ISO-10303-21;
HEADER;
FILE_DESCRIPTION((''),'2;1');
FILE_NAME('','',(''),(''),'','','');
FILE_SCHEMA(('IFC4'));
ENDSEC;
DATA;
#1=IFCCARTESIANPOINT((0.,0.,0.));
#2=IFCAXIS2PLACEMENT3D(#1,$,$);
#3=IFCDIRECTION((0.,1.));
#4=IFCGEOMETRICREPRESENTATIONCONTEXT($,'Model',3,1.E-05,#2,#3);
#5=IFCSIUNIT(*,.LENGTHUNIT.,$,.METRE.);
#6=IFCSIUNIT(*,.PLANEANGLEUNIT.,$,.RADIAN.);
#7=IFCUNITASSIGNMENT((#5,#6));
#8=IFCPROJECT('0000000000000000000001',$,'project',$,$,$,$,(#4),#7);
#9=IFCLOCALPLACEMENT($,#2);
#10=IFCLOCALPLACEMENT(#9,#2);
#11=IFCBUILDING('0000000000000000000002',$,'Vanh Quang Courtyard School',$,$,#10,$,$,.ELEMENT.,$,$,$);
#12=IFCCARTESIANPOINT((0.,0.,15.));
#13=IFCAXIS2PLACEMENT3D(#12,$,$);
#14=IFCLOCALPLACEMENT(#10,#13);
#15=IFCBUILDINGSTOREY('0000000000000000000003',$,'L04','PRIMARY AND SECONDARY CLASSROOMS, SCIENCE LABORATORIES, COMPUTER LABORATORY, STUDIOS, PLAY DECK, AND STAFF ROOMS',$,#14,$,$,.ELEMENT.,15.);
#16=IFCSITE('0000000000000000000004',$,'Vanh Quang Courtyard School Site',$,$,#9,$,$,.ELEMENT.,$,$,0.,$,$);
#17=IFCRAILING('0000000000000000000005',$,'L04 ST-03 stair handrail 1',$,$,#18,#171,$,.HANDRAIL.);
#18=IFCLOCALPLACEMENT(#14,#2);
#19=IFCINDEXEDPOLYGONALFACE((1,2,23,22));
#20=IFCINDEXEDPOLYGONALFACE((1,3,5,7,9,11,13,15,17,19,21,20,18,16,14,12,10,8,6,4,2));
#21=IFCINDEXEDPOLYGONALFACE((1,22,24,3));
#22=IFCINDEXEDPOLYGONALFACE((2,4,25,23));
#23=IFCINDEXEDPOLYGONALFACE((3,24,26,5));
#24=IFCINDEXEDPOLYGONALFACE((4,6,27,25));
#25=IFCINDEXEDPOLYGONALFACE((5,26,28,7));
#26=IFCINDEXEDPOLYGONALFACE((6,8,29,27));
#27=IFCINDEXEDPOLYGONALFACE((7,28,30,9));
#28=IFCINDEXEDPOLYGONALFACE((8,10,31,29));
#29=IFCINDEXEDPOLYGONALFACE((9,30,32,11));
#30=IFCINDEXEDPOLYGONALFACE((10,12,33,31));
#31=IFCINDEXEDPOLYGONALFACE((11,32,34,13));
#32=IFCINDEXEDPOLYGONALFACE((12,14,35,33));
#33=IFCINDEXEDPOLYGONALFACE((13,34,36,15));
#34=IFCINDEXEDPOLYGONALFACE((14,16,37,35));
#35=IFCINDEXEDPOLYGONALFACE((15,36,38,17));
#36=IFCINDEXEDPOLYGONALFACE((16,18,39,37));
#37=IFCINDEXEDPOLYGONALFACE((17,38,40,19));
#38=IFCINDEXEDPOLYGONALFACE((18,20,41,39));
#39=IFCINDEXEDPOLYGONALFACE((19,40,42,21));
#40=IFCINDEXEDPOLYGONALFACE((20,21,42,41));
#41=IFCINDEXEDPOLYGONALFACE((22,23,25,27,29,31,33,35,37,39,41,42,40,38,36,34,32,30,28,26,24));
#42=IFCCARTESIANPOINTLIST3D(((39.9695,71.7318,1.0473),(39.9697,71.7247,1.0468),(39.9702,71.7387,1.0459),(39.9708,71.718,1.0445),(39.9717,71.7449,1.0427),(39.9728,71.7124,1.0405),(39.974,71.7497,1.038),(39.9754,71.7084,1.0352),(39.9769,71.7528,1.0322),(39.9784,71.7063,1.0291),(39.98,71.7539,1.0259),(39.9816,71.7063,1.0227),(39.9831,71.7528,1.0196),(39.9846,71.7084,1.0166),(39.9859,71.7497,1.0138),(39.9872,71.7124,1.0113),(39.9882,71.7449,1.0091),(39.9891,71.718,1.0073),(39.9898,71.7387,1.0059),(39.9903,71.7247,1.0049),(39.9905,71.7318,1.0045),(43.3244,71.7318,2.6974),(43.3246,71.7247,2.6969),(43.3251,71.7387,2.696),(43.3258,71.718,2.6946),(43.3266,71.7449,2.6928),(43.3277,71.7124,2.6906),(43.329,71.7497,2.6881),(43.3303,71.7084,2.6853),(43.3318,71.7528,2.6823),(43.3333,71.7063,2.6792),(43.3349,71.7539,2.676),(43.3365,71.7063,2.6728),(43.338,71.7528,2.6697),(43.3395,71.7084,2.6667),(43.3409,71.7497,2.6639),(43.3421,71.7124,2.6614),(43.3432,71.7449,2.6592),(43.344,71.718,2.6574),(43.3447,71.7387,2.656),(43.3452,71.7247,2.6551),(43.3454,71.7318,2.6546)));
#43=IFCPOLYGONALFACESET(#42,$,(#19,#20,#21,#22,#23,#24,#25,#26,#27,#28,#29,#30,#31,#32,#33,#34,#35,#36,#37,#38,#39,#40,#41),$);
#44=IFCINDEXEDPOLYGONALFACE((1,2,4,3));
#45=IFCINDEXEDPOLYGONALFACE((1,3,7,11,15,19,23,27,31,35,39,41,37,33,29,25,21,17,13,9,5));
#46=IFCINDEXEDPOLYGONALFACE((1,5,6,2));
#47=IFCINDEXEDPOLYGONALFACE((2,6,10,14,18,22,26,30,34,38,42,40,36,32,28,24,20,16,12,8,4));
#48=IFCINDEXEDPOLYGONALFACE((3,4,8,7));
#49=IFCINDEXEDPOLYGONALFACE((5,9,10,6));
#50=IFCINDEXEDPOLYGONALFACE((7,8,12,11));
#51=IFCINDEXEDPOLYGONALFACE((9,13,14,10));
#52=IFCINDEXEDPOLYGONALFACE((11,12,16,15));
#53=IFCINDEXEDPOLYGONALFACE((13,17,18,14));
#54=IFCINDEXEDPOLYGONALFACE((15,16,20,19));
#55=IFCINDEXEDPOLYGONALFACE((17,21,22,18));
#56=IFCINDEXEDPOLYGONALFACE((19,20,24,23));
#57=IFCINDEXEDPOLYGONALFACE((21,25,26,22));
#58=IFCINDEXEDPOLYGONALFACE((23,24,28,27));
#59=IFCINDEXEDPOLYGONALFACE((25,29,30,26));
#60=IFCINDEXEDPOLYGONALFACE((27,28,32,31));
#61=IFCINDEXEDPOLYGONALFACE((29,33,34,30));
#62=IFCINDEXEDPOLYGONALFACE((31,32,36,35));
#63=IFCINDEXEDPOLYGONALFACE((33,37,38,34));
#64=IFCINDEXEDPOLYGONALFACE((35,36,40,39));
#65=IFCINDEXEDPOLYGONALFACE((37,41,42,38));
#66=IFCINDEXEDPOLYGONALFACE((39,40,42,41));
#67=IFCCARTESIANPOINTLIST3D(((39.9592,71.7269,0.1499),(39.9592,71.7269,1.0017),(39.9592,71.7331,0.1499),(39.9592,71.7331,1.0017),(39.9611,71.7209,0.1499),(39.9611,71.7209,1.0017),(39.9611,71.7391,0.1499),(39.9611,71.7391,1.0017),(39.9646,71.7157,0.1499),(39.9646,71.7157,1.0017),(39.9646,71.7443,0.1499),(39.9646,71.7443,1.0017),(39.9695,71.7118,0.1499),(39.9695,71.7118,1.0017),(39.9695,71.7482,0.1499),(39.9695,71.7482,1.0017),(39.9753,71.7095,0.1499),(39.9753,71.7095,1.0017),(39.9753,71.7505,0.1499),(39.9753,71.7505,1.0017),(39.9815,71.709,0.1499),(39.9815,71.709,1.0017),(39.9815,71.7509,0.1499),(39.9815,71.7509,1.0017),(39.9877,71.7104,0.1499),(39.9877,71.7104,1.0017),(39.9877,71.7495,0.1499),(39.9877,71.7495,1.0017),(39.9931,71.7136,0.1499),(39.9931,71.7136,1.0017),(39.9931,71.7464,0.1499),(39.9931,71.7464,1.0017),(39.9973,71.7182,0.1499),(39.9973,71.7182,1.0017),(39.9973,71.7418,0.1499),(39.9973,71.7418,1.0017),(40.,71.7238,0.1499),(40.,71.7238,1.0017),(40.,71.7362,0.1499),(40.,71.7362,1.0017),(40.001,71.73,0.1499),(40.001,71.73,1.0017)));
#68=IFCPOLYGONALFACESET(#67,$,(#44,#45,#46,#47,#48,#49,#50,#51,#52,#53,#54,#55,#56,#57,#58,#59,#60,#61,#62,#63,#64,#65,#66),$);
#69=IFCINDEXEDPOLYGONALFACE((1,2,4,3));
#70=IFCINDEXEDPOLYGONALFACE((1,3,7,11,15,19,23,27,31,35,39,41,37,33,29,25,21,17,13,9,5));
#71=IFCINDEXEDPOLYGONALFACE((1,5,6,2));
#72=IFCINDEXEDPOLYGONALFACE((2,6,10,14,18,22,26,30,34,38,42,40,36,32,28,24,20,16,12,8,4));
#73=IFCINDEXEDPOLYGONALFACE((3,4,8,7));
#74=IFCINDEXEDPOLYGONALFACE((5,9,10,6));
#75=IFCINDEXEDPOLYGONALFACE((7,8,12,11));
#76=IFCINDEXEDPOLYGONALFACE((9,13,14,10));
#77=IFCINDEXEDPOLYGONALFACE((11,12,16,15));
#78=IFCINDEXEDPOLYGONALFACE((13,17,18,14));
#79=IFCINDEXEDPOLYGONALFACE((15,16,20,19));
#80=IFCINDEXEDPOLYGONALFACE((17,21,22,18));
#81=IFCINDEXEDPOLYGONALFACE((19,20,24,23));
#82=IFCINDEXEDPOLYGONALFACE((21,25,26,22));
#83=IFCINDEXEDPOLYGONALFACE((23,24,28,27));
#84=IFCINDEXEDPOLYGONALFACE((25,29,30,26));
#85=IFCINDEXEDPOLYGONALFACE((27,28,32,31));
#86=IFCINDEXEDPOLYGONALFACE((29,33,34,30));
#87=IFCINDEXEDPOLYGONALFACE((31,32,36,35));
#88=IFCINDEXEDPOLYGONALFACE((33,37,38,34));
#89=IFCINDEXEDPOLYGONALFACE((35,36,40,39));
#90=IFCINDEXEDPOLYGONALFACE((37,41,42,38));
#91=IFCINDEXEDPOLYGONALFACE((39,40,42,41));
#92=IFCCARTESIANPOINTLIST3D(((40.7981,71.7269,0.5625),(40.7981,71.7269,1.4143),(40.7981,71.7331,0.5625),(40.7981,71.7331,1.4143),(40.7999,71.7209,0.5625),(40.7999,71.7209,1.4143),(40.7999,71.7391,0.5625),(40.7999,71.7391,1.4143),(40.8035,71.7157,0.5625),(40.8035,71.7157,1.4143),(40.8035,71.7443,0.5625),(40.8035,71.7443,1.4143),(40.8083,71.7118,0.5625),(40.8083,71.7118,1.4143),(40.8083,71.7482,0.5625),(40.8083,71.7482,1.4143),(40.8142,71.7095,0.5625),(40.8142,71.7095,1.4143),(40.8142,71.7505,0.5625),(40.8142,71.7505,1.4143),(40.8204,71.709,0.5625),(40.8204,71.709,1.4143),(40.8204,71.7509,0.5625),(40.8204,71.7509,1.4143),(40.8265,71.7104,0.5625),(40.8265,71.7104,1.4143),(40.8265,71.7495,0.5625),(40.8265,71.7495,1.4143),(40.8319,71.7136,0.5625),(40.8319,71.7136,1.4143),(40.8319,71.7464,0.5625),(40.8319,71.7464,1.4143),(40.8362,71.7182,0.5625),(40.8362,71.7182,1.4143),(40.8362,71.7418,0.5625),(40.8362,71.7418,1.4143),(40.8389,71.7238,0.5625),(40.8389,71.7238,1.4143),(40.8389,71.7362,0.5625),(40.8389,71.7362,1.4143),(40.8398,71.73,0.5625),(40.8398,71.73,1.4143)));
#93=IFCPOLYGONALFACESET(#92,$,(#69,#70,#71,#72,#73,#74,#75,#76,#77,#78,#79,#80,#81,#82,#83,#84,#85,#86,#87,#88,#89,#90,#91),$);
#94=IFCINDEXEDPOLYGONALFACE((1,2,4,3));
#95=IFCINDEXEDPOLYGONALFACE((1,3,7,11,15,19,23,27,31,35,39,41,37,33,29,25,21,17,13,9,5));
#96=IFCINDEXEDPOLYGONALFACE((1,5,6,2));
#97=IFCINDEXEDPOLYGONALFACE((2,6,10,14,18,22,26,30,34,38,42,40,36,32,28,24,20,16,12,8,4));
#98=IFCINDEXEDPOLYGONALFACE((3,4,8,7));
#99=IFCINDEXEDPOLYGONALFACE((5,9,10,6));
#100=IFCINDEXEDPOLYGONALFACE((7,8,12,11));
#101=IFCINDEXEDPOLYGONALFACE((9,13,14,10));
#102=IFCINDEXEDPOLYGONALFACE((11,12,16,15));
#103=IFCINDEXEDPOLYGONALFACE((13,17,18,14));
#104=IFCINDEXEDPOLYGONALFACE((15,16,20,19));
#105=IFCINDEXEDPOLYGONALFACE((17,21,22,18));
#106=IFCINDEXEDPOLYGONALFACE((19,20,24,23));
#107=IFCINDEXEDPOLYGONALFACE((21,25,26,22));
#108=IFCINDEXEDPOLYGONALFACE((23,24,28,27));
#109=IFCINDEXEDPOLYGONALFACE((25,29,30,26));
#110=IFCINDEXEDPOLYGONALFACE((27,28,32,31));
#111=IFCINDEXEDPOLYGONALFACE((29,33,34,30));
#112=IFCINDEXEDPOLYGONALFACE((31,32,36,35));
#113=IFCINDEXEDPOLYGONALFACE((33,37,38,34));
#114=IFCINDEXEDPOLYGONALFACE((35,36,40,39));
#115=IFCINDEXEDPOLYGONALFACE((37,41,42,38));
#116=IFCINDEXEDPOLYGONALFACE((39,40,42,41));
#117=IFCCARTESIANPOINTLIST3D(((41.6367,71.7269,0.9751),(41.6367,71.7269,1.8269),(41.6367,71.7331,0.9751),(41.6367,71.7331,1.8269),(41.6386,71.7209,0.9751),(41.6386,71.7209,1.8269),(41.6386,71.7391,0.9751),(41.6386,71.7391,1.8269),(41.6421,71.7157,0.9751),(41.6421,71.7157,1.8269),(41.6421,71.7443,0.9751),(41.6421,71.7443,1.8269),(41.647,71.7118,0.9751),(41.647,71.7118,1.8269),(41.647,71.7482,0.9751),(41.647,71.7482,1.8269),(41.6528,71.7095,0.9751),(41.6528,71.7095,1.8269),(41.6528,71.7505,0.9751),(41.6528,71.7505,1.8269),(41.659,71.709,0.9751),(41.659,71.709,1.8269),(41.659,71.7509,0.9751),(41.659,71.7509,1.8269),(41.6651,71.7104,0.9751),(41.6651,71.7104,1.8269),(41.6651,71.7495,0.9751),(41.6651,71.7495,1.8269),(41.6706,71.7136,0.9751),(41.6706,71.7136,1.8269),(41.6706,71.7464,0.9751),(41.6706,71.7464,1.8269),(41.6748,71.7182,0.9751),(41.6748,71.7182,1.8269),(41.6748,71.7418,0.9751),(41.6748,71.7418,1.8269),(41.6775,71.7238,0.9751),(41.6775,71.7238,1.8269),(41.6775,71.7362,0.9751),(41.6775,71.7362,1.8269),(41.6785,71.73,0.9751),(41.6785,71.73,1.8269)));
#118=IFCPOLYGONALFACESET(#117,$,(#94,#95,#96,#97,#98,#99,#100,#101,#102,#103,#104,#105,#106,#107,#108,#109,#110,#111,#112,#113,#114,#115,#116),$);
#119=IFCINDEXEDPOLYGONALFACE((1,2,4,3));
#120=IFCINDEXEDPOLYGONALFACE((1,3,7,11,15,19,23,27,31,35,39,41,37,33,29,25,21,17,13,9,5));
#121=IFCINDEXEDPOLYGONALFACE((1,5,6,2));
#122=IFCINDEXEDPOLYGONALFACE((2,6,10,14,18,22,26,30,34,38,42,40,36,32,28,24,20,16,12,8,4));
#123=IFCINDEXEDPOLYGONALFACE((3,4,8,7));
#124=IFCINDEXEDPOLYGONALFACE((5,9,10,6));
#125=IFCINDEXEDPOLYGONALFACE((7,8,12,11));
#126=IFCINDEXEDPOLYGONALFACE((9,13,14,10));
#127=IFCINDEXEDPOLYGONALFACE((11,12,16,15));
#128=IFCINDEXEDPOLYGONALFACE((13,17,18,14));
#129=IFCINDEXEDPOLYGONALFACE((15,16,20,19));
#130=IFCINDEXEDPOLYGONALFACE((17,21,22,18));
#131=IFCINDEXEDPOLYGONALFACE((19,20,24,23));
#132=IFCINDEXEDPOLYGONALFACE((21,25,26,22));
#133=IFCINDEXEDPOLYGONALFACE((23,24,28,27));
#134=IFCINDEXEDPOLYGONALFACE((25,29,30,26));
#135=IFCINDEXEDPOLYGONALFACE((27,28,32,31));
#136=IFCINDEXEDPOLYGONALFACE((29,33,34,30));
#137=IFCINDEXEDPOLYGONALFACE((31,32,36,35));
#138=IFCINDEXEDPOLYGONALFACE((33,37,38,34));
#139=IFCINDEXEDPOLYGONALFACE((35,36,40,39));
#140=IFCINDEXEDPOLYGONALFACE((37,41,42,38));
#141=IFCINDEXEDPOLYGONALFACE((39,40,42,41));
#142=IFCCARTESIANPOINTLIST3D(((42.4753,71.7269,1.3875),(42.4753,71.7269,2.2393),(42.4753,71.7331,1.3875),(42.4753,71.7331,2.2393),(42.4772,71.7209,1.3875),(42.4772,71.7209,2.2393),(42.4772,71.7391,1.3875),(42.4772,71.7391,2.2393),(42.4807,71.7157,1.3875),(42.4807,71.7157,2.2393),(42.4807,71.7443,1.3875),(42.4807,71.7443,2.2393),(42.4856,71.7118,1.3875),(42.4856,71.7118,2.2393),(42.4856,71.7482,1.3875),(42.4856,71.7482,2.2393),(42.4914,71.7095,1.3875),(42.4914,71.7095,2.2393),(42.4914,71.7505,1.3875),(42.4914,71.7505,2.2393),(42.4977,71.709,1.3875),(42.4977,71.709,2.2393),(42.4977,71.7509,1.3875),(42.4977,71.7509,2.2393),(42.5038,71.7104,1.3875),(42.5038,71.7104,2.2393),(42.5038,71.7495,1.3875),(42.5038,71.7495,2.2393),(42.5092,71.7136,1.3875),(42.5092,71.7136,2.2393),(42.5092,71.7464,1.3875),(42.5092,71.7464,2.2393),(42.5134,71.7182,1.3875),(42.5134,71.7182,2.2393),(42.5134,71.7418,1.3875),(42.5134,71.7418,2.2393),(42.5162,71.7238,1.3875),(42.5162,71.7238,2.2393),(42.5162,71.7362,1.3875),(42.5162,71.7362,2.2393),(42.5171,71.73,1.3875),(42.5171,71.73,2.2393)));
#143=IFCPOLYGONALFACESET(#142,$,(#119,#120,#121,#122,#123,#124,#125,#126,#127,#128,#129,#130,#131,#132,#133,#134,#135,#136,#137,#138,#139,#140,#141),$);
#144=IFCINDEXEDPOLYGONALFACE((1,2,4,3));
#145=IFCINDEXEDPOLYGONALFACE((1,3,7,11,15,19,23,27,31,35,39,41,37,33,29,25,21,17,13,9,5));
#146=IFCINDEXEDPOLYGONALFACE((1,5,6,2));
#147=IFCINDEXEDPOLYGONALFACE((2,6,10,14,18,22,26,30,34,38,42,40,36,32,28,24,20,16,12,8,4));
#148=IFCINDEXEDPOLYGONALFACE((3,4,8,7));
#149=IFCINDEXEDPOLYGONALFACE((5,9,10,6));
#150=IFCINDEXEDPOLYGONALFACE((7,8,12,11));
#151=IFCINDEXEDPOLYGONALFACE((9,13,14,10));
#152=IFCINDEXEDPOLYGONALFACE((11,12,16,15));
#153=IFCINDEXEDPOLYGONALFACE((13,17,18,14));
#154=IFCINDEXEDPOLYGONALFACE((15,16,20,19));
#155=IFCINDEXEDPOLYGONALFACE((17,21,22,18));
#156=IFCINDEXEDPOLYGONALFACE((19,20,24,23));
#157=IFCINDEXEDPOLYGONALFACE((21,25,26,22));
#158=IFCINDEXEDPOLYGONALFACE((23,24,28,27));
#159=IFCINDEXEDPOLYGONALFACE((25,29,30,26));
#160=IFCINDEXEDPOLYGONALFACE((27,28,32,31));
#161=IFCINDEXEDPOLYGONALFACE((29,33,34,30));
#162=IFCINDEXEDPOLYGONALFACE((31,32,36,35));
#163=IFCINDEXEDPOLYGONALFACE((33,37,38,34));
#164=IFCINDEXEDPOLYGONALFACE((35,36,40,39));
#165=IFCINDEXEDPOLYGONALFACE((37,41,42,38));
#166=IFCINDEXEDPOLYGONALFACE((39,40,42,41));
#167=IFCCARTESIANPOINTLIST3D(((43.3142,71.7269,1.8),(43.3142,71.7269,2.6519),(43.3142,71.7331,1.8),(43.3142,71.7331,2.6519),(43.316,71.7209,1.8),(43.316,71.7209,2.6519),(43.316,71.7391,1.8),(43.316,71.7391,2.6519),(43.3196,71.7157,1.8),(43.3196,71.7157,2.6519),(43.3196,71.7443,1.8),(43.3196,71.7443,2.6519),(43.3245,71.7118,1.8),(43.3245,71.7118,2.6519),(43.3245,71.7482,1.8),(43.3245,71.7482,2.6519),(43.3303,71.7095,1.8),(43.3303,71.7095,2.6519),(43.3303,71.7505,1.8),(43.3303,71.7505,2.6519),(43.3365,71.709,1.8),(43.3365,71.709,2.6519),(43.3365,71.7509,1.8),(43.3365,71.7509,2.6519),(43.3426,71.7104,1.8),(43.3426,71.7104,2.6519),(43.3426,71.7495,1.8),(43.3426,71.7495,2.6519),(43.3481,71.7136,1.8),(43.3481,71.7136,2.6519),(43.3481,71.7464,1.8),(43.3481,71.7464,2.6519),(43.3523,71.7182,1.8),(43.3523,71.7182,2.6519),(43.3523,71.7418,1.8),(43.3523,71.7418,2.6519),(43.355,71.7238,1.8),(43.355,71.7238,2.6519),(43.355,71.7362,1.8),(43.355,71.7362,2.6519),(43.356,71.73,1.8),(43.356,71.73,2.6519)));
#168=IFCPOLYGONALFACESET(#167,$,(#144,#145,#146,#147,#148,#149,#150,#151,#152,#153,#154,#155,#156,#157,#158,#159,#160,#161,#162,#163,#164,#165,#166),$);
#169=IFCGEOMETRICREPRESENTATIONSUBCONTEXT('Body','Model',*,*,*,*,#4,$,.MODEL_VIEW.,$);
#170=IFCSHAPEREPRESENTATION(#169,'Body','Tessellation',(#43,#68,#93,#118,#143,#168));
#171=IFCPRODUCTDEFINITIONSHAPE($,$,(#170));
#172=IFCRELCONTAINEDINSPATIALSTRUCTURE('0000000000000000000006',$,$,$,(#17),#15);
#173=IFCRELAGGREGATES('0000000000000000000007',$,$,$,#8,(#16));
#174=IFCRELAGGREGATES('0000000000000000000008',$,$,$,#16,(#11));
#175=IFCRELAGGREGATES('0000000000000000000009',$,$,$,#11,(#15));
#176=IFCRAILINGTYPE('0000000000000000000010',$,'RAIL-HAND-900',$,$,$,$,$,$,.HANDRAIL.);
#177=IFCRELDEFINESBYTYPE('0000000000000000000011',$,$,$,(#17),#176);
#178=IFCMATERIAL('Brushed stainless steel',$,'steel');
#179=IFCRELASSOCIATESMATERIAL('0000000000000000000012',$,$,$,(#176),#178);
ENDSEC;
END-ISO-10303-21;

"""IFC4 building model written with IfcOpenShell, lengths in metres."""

from ifc_helpers import new_model, si_unit, direction, frame, origin, origin_2d, place, context, subcontext, project, spatial, circle, extrude, material, type_object, element, save


model = new_model("IFC4")

# Units and contexts
model_context = context("Model", 3, precision=1e-05, world=origin(), true_north=direction((0.0, 1.0)))
body_context = subcontext(model_context, "Body", "Model", "MODEL_VIEW")
ifc_project = project(units=[si_unit("LENGTHUNIT", "METRE"), si_unit("PLANEANGLEUNIT", "RADIAN")], contexts=[model_context])

# Site, building, storey
site_placement = place(None, origin())
site = spatial("IfcSite", under=ifc_project, at=site_placement, Name="Vanh Quang Courtyard School Site", CompositionType="ELEMENT", RefElevation=0.0)
building_placement = place(site_placement, origin())
building = spatial("IfcBuilding", under=site, at=building_placement, Name="Vanh Quang Courtyard School", CompositionType="ELEMENT")
storey_placement = place(building_placement, frame((0.0, 0.0, 15.0)))
storey = spatial("IfcBuildingStorey", under=building, at=storey_placement, Name="L04", Description="PRIMARY AND SECONDARY CLASSROOMS, SCIENCE LABORATORIES, COMPUTER LABORATORY, STUDIOS, PLAY DECK, AND STAFF ROOMS", CompositionType="ELEMENT", Elevation=15.0)

# Railing
ifc_material_1 = material(Name="Brushed stainless steel", Category="steel")
railing_type_1 = type_object("IfcRailingType", Name="RAIL-HAND-900", PredefinedType="HANDRAIL", material=ifc_material_1)
railing_1_placement = place(storey_placement, frame((39.98, 71.73, 0.1499)))
element("IfcRailing", 1, at=railing_1_placement, inside=storey, type_object=railing_type_1, Name="L04 ST-03 stair handrail 1", PredefinedType="HANDRAIL", context=body_context, shape_type="SweptSolid", body=[
    extrude(circle(Radius=0.0239, at=origin_2d()), frame((0.0, 0.0, 0.876), z_axis=(0.897333, 0.0, 0.441353), x_axis=(0.0, 1.0, 0.0)), (0.0, 0.0, 1.0), 3.7388),
    extrude(circle(Radius=0.021, at=origin_2d()), origin(), (0.0, 0.0, 1.0), 0.8518),
    extrude(circle(Radius=0.021, at=origin_2d()), frame((0.8389, 0.0, 0.4126)), (0.0, 0.0, 1.0), 0.8518),
    extrude(circle(Radius=0.021, at=origin_2d()), frame((1.6775, 0.0, 0.8252)), (0.0, 0.0, 1.0), 0.8518),
    extrude(circle(Radius=0.021, at=origin_2d()), frame((2.5161, 0.0, 1.2375)), (0.0, 0.0, 1.0), 0.8518),
    extrude(circle(Radius=0.021, at=origin_2d()), frame((3.355, 0.0, 1.6501)), (0.0, 0.0, 1.0), 0.8518),
])

save(model, "model.ifc")
